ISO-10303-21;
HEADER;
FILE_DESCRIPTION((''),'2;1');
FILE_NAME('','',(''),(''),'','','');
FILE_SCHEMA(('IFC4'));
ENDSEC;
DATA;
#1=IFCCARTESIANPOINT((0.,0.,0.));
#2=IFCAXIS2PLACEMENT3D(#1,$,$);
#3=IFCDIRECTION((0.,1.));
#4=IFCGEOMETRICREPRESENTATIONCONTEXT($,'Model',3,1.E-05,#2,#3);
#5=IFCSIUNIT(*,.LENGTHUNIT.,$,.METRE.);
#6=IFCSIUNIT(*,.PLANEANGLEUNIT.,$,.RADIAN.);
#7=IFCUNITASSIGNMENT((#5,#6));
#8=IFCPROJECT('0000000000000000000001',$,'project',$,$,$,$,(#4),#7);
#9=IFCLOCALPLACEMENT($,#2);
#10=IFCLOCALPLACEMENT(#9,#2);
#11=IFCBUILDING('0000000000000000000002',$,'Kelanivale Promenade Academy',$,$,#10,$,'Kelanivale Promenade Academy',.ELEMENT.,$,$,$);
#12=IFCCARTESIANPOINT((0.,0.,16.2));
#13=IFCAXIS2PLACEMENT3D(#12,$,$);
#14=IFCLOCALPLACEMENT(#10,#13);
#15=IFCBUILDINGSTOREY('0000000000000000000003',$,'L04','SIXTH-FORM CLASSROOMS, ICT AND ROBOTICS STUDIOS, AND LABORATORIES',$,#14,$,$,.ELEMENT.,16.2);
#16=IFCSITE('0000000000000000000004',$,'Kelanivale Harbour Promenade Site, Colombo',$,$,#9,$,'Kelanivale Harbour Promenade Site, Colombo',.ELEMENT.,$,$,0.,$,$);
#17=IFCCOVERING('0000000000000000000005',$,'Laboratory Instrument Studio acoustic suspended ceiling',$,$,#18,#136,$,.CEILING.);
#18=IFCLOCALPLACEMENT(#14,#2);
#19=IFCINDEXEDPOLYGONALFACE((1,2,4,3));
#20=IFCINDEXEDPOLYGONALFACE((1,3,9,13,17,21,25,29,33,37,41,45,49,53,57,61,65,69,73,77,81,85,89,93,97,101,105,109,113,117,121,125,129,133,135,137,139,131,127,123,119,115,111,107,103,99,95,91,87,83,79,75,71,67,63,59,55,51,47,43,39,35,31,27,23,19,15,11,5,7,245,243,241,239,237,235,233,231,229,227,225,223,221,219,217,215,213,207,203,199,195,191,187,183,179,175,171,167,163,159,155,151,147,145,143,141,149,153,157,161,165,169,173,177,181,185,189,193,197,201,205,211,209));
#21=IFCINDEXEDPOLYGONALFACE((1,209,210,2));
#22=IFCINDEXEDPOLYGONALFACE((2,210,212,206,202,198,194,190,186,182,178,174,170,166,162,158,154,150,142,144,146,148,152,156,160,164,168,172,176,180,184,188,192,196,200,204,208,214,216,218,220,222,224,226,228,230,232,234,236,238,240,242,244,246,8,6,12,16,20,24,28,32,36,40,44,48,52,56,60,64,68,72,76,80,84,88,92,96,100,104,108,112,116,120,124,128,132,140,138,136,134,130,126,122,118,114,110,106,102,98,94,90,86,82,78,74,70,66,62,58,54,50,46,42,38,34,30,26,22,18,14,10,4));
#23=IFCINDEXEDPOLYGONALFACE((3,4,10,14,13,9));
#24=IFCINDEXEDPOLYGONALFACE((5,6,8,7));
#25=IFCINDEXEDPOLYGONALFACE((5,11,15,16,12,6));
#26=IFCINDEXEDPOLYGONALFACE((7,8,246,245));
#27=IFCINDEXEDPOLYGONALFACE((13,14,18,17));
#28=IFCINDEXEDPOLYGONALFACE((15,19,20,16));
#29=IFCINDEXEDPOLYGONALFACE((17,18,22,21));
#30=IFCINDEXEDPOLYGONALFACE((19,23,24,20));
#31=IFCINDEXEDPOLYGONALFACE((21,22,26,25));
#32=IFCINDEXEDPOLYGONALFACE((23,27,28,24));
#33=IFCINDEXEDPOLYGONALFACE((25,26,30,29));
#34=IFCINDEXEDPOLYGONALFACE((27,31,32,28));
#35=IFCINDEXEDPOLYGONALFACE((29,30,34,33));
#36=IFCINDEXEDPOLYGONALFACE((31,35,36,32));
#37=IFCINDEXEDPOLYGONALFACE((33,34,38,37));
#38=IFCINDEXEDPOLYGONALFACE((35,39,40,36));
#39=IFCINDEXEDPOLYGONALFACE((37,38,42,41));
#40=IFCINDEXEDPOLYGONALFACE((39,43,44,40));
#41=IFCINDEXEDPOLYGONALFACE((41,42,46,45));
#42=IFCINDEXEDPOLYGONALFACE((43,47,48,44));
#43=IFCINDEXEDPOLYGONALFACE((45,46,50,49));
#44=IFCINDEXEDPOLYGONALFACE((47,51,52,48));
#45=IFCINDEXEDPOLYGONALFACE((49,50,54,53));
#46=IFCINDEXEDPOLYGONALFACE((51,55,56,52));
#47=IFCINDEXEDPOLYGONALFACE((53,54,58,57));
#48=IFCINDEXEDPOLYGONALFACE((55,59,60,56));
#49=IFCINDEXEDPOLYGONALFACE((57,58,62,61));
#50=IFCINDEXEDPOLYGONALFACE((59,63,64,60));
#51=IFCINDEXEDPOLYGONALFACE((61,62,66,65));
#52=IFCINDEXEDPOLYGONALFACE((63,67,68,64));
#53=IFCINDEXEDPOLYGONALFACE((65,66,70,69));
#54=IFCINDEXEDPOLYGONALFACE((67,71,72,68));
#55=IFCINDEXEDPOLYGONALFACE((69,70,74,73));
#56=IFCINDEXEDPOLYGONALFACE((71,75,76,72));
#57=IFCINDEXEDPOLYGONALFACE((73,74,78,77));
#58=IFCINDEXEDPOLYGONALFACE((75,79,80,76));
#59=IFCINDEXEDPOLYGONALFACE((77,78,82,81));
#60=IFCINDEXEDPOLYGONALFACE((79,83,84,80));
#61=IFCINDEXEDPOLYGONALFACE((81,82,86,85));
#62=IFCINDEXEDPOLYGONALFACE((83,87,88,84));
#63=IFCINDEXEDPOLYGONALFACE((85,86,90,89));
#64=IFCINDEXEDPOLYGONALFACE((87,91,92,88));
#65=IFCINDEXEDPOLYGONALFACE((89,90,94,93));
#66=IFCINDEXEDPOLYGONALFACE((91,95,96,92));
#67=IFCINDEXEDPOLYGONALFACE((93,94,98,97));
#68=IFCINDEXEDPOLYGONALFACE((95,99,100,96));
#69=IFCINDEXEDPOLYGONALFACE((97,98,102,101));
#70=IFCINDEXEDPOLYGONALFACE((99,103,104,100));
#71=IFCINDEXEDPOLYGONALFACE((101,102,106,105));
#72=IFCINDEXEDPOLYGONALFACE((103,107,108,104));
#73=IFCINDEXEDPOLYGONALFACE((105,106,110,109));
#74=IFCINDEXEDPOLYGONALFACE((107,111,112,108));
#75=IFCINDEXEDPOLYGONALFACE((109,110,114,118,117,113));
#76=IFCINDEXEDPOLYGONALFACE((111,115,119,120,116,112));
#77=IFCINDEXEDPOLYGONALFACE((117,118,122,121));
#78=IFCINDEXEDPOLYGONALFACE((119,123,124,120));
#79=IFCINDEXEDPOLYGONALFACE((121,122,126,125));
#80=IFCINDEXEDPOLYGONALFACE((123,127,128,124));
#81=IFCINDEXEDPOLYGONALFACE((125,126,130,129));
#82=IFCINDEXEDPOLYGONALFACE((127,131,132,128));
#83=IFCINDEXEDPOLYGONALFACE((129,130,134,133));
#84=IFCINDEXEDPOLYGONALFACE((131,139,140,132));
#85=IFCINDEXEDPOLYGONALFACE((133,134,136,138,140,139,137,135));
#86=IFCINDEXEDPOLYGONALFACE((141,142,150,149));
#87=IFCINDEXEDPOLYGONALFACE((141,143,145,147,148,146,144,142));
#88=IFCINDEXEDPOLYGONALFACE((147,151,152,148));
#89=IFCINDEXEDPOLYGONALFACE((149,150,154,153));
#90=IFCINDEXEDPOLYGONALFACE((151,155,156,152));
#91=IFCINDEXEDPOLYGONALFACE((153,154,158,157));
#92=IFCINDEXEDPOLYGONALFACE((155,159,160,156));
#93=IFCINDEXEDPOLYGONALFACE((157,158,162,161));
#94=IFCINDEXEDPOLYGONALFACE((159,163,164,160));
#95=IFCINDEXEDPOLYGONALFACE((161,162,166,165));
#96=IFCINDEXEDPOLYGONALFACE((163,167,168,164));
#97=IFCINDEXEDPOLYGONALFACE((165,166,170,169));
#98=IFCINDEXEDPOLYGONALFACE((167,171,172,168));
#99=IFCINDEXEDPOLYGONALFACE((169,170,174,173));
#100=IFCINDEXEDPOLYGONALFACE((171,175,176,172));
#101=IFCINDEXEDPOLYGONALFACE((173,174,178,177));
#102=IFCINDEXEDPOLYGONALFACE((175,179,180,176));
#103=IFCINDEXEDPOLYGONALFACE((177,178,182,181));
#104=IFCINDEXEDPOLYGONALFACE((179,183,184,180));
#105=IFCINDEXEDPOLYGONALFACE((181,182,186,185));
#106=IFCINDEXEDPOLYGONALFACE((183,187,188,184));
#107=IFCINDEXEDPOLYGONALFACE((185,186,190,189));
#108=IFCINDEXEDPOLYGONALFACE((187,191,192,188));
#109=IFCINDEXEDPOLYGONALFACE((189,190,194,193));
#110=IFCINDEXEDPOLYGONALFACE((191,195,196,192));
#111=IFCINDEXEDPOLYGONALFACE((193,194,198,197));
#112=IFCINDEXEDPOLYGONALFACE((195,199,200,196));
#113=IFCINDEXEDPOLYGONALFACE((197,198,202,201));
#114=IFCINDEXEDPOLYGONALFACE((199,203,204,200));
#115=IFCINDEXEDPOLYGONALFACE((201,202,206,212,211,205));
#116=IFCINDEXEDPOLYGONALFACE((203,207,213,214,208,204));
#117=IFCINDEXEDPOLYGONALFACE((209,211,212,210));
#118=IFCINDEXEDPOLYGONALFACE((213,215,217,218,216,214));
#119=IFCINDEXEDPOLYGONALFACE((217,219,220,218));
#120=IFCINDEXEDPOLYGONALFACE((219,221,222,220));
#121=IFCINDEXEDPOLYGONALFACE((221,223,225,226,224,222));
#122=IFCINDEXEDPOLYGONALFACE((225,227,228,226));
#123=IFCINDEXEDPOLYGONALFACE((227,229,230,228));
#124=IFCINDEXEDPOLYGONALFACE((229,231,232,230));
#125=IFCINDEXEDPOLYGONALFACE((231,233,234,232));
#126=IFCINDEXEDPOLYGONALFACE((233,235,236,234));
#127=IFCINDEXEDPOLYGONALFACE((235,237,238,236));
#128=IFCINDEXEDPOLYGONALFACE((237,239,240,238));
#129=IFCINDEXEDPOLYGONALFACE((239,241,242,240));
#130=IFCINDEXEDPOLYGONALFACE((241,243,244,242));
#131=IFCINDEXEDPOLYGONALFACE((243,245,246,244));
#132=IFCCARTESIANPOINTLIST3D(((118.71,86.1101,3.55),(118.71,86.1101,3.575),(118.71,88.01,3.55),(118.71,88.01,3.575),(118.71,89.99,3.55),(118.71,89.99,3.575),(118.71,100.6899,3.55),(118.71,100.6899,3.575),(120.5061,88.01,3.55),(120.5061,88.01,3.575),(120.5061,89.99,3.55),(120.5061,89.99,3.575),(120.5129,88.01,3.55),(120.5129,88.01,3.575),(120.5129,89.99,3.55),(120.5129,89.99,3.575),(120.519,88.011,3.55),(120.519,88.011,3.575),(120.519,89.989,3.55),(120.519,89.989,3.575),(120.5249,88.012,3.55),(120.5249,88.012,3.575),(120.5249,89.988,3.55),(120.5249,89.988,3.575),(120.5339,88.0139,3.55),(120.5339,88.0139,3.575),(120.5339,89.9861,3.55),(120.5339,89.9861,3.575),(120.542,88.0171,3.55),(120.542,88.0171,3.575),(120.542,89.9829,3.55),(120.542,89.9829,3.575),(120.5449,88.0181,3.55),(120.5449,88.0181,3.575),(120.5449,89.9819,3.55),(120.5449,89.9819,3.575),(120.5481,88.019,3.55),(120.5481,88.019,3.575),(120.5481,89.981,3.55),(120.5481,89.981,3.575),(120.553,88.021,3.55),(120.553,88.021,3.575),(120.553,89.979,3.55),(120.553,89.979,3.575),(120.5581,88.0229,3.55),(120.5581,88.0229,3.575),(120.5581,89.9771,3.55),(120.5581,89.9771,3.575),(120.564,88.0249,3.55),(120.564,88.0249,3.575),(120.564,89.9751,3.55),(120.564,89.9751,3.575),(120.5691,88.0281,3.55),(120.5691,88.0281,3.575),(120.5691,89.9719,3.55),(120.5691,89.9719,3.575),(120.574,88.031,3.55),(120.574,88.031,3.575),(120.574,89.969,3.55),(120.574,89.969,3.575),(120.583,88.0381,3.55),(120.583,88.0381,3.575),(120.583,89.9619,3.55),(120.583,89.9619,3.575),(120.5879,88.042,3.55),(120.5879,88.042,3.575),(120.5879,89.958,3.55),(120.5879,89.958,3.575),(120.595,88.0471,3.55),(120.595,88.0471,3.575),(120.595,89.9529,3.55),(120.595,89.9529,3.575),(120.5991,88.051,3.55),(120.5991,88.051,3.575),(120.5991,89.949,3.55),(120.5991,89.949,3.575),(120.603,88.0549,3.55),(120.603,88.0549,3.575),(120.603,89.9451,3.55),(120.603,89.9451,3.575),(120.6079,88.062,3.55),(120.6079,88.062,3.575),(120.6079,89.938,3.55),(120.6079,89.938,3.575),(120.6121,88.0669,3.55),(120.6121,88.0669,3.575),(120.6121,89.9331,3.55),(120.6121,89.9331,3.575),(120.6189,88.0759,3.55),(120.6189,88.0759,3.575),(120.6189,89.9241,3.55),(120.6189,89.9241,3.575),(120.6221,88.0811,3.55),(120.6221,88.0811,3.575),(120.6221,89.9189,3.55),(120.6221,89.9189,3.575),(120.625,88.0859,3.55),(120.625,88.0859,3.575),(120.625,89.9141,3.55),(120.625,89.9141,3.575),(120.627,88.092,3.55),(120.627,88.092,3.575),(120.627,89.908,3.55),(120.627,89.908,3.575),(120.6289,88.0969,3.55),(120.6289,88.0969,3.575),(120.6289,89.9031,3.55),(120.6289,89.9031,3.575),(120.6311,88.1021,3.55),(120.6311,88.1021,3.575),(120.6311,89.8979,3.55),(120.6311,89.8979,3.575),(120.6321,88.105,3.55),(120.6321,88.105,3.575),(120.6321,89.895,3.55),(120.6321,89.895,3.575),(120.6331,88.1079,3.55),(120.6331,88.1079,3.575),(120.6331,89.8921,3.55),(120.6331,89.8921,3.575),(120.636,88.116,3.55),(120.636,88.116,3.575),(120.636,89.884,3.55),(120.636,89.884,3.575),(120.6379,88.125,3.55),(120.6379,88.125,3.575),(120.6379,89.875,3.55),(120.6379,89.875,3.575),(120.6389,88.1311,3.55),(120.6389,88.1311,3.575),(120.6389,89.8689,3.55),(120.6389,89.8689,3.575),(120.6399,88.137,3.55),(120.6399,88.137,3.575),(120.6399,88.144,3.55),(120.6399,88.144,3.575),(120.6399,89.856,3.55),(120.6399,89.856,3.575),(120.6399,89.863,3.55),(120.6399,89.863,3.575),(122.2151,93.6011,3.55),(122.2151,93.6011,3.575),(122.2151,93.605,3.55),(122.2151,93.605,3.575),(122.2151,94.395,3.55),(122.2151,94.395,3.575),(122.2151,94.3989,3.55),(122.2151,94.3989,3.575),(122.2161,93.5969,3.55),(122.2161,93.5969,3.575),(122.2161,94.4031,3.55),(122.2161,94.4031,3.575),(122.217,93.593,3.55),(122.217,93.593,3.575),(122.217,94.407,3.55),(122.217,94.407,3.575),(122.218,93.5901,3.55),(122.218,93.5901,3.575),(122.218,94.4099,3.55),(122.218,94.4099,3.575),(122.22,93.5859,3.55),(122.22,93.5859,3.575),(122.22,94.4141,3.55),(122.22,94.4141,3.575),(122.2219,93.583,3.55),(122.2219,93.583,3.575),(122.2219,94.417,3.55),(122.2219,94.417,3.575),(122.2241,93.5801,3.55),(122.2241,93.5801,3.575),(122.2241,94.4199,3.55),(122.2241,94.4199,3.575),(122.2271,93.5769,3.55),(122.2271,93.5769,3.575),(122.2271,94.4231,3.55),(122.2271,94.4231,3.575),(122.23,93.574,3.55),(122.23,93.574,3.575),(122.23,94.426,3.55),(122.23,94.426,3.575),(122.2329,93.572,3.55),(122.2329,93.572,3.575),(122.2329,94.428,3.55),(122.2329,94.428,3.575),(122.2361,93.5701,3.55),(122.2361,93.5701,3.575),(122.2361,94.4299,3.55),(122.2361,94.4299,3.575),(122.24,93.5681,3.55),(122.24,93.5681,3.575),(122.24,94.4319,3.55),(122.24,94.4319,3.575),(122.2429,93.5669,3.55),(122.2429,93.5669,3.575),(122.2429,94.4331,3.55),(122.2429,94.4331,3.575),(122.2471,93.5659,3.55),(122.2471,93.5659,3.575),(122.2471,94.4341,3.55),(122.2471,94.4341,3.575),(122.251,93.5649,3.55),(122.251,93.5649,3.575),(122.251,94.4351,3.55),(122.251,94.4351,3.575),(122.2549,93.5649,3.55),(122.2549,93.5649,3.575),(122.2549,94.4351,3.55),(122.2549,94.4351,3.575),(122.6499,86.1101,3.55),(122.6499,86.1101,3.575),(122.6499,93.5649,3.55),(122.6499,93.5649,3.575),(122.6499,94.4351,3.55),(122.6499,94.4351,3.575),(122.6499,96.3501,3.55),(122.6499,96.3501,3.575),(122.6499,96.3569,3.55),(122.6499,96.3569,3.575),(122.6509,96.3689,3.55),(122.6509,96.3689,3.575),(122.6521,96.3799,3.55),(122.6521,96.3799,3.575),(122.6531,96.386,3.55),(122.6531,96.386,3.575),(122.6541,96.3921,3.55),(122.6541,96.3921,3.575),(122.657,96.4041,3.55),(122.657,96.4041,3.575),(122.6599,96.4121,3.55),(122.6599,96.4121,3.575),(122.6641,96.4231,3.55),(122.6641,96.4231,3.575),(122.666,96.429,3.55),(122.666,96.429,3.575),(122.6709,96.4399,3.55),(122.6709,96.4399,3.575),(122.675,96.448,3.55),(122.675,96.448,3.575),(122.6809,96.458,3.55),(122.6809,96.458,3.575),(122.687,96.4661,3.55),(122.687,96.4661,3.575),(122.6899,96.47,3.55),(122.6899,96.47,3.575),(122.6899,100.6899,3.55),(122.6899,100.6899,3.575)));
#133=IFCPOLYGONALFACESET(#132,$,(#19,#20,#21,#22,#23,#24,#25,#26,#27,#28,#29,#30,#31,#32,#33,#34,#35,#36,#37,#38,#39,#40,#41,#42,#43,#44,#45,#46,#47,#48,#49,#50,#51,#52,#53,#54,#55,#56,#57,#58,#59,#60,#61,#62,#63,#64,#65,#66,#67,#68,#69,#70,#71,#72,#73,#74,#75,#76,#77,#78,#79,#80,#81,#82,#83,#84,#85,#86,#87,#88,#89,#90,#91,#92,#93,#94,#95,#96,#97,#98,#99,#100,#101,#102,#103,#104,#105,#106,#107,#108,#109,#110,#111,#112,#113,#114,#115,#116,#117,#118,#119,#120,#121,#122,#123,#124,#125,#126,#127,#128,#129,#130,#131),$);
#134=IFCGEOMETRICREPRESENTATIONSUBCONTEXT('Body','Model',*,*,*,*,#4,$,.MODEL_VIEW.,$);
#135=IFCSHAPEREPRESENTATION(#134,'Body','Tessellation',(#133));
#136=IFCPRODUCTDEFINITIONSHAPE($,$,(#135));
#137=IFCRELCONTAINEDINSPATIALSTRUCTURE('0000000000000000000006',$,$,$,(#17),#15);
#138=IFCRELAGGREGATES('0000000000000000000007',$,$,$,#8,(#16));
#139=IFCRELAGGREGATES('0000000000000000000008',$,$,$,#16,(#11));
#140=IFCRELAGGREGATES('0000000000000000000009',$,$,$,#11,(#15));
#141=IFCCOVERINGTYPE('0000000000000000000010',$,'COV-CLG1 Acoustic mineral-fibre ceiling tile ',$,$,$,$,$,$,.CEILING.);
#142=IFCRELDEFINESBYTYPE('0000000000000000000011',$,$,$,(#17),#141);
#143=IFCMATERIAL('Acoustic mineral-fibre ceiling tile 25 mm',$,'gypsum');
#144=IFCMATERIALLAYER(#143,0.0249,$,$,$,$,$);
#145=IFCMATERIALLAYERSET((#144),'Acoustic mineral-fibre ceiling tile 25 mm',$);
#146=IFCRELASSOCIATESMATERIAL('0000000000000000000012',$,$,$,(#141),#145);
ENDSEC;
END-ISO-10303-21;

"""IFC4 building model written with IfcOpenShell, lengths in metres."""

from ifc_helpers import new_model, si_unit, direction, frame, origin, place, context, subcontext, project, spatial, polyline, outline, extrude, material, layer, layer_set, type_object, element, save


model = new_model("IFC4")

# Units and contexts
model_context = context("Model", 3, precision=1e-05, world=origin(), true_north=direction((0.0, 1.0)))
body_context = subcontext(model_context, "Body", "Model", "MODEL_VIEW")
ifc_project = project(units=[si_unit("LENGTHUNIT", "METRE"), si_unit("PLANEANGLEUNIT", "RADIAN")], contexts=[model_context])

# Site, building, storey
site_placement = place(None, origin())
site = spatial("IfcSite", under=ifc_project, at=site_placement, Name="Kelanivale Harbour Promenade Site, Colombo", LongName="Kelanivale Harbour Promenade Site, Colombo", CompositionType="ELEMENT", RefElevation=0.0)
building_placement = place(site_placement, origin())
building = spatial("IfcBuilding", under=site, at=building_placement, Name="Kelanivale Promenade Academy", LongName="Kelanivale Promenade Academy", CompositionType="ELEMENT")
storey_placement = place(building_placement, frame((0.0, 0.0, 16.2)))
storey = spatial("IfcBuildingStorey", under=building, at=storey_placement, Name="L04", Description="SIXTH-FORM CLASSROOMS, ICT AND ROBOTICS STUDIOS, AND LABORATORIES", CompositionType="ELEMENT", Elevation=16.2)

# Covering
ifc_material_1 = material(Name="Acoustic mineral-fibre ceiling tile 25 mm", Category="gypsum")
ifc_layer_1 = layer(ifc_material_1, 0.0249)
ifc_layer_set_1 = layer_set([ifc_layer_1], Name="Acoustic mineral-fibre ceiling tile 25 mm")
covering_type_1 = type_object("IfcCoveringType", Name="COV-CLG1 Acoustic mineral-fibre ceiling tile ", PredefinedType="CEILING", material=ifc_layer_set_1)
covering_1_placement = place(storey_placement, frame((0.0, 0.0, 3.55)))
element("IfcCovering", 1, at=covering_1_placement, inside=storey, type_object=covering_type_1, Name="Laboratory Instrument Studio acoustic suspended ceiling", PredefinedType="CEILING", context=body_context, shape_type="SweptSolid", body=[
    extrude(outline(polyline([(122.6499, 96.3501), (122.6499, 96.3569), (122.6509, 96.3689), (122.6509, 96.3689), (122.6521, 96.3799), (122.6531, 96.386), (122.6541, 96.3921), (122.657, 96.4041), (122.6599, 96.4121), (122.6641, 96.4231), (122.666, 96.429), (122.6709, 96.4399), (122.675, 96.448), (122.6809, 96.458), (122.687, 96.4661), (122.6899, 96.47), (122.6899, 100.6899), (118.71, 100.6899), (118.71, 89.99), (120.5061, 89.99), (120.5129, 89.99), (120.519, 89.989), (120.5249, 89.988), (120.5339, 89.9861), (120.542, 89.9829), (120.5449, 89.9819), (120.5481, 89.981), (120.553, 89.979), (120.5581, 89.9771), (120.564, 89.9751), (120.5691, 89.9719), (120.574, 89.969), (120.583, 89.9619), (120.5879, 89.958), (120.595, 89.9529), (120.5991, 89.949), (120.603, 89.9451), (120.6079, 89.938), (120.6121, 89.9331), (120.6189, 89.9241), (120.6221, 89.9189), (120.625, 89.9141), (120.627, 89.908), (120.6289, 89.9031), (120.6311, 89.8979), (120.6321, 89.895), (120.6331, 89.8921), (120.636, 89.884), (120.6379, 89.875), (120.6389, 89.8689), (120.6399, 89.863), (120.6399, 89.856), (120.6399, 88.144), (120.6399, 88.137), (120.6389, 88.1311), (120.6379, 88.125), (120.636, 88.116), (120.6331, 88.1079), (120.6321, 88.105), (120.6311, 88.1021), (120.6289, 88.0969), (120.627, 88.092), (120.625, 88.0859), (120.6221, 88.0811), (120.6189, 88.0759), (120.6121, 88.0669), (120.6079, 88.062), (120.603, 88.0549), (120.5991, 88.051), (120.595, 88.0471), (120.5879, 88.042), (120.583, 88.0381), (120.574, 88.031), (120.5691, 88.0281), (120.564, 88.0249), (120.5581, 88.0229), (120.553, 88.021), (120.5481, 88.019), (120.5449, 88.0181), (120.542, 88.0171), (120.5339, 88.0139), (120.5249, 88.012), (120.519, 88.011), (120.5129, 88.01), (120.5061, 88.01), (118.71, 88.01), (118.71, 86.1101), (122.6499, 86.1101), (122.6499, 93.5649), (122.2549, 93.5649), (122.251, 93.5649), (122.2471, 93.5659), (122.2429, 93.5669), (122.24, 93.5681), (122.2361, 93.5701), (122.2329, 93.572), (122.23, 93.574), (122.2271, 93.5769), (122.2241, 93.5801), (122.2219, 93.583), (122.22, 93.5859), (122.218, 93.5901), (122.217, 93.593), (122.2161, 93.5969), (122.2151, 93.6011), (122.2151, 93.605), (122.2151, 94.395), (122.2151, 94.3989), (122.2161, 94.4031), (122.217, 94.407), (122.218, 94.4099), (122.22, 94.4141), (122.2219, 94.417), (122.2241, 94.4199), (122.2271, 94.4231), (122.23, 94.426), (122.2329, 94.428), (122.2361, 94.4299), (122.24, 94.4319), (122.2429, 94.4331), (122.2471, 94.4341), (122.251, 94.4351), (122.2549, 94.4351), (122.6499, 94.4351), (122.6499, 96.3501)])), origin(), (0.0, 0.0, 1.0), 0.0249),
])

save(model, "model.ifc")
